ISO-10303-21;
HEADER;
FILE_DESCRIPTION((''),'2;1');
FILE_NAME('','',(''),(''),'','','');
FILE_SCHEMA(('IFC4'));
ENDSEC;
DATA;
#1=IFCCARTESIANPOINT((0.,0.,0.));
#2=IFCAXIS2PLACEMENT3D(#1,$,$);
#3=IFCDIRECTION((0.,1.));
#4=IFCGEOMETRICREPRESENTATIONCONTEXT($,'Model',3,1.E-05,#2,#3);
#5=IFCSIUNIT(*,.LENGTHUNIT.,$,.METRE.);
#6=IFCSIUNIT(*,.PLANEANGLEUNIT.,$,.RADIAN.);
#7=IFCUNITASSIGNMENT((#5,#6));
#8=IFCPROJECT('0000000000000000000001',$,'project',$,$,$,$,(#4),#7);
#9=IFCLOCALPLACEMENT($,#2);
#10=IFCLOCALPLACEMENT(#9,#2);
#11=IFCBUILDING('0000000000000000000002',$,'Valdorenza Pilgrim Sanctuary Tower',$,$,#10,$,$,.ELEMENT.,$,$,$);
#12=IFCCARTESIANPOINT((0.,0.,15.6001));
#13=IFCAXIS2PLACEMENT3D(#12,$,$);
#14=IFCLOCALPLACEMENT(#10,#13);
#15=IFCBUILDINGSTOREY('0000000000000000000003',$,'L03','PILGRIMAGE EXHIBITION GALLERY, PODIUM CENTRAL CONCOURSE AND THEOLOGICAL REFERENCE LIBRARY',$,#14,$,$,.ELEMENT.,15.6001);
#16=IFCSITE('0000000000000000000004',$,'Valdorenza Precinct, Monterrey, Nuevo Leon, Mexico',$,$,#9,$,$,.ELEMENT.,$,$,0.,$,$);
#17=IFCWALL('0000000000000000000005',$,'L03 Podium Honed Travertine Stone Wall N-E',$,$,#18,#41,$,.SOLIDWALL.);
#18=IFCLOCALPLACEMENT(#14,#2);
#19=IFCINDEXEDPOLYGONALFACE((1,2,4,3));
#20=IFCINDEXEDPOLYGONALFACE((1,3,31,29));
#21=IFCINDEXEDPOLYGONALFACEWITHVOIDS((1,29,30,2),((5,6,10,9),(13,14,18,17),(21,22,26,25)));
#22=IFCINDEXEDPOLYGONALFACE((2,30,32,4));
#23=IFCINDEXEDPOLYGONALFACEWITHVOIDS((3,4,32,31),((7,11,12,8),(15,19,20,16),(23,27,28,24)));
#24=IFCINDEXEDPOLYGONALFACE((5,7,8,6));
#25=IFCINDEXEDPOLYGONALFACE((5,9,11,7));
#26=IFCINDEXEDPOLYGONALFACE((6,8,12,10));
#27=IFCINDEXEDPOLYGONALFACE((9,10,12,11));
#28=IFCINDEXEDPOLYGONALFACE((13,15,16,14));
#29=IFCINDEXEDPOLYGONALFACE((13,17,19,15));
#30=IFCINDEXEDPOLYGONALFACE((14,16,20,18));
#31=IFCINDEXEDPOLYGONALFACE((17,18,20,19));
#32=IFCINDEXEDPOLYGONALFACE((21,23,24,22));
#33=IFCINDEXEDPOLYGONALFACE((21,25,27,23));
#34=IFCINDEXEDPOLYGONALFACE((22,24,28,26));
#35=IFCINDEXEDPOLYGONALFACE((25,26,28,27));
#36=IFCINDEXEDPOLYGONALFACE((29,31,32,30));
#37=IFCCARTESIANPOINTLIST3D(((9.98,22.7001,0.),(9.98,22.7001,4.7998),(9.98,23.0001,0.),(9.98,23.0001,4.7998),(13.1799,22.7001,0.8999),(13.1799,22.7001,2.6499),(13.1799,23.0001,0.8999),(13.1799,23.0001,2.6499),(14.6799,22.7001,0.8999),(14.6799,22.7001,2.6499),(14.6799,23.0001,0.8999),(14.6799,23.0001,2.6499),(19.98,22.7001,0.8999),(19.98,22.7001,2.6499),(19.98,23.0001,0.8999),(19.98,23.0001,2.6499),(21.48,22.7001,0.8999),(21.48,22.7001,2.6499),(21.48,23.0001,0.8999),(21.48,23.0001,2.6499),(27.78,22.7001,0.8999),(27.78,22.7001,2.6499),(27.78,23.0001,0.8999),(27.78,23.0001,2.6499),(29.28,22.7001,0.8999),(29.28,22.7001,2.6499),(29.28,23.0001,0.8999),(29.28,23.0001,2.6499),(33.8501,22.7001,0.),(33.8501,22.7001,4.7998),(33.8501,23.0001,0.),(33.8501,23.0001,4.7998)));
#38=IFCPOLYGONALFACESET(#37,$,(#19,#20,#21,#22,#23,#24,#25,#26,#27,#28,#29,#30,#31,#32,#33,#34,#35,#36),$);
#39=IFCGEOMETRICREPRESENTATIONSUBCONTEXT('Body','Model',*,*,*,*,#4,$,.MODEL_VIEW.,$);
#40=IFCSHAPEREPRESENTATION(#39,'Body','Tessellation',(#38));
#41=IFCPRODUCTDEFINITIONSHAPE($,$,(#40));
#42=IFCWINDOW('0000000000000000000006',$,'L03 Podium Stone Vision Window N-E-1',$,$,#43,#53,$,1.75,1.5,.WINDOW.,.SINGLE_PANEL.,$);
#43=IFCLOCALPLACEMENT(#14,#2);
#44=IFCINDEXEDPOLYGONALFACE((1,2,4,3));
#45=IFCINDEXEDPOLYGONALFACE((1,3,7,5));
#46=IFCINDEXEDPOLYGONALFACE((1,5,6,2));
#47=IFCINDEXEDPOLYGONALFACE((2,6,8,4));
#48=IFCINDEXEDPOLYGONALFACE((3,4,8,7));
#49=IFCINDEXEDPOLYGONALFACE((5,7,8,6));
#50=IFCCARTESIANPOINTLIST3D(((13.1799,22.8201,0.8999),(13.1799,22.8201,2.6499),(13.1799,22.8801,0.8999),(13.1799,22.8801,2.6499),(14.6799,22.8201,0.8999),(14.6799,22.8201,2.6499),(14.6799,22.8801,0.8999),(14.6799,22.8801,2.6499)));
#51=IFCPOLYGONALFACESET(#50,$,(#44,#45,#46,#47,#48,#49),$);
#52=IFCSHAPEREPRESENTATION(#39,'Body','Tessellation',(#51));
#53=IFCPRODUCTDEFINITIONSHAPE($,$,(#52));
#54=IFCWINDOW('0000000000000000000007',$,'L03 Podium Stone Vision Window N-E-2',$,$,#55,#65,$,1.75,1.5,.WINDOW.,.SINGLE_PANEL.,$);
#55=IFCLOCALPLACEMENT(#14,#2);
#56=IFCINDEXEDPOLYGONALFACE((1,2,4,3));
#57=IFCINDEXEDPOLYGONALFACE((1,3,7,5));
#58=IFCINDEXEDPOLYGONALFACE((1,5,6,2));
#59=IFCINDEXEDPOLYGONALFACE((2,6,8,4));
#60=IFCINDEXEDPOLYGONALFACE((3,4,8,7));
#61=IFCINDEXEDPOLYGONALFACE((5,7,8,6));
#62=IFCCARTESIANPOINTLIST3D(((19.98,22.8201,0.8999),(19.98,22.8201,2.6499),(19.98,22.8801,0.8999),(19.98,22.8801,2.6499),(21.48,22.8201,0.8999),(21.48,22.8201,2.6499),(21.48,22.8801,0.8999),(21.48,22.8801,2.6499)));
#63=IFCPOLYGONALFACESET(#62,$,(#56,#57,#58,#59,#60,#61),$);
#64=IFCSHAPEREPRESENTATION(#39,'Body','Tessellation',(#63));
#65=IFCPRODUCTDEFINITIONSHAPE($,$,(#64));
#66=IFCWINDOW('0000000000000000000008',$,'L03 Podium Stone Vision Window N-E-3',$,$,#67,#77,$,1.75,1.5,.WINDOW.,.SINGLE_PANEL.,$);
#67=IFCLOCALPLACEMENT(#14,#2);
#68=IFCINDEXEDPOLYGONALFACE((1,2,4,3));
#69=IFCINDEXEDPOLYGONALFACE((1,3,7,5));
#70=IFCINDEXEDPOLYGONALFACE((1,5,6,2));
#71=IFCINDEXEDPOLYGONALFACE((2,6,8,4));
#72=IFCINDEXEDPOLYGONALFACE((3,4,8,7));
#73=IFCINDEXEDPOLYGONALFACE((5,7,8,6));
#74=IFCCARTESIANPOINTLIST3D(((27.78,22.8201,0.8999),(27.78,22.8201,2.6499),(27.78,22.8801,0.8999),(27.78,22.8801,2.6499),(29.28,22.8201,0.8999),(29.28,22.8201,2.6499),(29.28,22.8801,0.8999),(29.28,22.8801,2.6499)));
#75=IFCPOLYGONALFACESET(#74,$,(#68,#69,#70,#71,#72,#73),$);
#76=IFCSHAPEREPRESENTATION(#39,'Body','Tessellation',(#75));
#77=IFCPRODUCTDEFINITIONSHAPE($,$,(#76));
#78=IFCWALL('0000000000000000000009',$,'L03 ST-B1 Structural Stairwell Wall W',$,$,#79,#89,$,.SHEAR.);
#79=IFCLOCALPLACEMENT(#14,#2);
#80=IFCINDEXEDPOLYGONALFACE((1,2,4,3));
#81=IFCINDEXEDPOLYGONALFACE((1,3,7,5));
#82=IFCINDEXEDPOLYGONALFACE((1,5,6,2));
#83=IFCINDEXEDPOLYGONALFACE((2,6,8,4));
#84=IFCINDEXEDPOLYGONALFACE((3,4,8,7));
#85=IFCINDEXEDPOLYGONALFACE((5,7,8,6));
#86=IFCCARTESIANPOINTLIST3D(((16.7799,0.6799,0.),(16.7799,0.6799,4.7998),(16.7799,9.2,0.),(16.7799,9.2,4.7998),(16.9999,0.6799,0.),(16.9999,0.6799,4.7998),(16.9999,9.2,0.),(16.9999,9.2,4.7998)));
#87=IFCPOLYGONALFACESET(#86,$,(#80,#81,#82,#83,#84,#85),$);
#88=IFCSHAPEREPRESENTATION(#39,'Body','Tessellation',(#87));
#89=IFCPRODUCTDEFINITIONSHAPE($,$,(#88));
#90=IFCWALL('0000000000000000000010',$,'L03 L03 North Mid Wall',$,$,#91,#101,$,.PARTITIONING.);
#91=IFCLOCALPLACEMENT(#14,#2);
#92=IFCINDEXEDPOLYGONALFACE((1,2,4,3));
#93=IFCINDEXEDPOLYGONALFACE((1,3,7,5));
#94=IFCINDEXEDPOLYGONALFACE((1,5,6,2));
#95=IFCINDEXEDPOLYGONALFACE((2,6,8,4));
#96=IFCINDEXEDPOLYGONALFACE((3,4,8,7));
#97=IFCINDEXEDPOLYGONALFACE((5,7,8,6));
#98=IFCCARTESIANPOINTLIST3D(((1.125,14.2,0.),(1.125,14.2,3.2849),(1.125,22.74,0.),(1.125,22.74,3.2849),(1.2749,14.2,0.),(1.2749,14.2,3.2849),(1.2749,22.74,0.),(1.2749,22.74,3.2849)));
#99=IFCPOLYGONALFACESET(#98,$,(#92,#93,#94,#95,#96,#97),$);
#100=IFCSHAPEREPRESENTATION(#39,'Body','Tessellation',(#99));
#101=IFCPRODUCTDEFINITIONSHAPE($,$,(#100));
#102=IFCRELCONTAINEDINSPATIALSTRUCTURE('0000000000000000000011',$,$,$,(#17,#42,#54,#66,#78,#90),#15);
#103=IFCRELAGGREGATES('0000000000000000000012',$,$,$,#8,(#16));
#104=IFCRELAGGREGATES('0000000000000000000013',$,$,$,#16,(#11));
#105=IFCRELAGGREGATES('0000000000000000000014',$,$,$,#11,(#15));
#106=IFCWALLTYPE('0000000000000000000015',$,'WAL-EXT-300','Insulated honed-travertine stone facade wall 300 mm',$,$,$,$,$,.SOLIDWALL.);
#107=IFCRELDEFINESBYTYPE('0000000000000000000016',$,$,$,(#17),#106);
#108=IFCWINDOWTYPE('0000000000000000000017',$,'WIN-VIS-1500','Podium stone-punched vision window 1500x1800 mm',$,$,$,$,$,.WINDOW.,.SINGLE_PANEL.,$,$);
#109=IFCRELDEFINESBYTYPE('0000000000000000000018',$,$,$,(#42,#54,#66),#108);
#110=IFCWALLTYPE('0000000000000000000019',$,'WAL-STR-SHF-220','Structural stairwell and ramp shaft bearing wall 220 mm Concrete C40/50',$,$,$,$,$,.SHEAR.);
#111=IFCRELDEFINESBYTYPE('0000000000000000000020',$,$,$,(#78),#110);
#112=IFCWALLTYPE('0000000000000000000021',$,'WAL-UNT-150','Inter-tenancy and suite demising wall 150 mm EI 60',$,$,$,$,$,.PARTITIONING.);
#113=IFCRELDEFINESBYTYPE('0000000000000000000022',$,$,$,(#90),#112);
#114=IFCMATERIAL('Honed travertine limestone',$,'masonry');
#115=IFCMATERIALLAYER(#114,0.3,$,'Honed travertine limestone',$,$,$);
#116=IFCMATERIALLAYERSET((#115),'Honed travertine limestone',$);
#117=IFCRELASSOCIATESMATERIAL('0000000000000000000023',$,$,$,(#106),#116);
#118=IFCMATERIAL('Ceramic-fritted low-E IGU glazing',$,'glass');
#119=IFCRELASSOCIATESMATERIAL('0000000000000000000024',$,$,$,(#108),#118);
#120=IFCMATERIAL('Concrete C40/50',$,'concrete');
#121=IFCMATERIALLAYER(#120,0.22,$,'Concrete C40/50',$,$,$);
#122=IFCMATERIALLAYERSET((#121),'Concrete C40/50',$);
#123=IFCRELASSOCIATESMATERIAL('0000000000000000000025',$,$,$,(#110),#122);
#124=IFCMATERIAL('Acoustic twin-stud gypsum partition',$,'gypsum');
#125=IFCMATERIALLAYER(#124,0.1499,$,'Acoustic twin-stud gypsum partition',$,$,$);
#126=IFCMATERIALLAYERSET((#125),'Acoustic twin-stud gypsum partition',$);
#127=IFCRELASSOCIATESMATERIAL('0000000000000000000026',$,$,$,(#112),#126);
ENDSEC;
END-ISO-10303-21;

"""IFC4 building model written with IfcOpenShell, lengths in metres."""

from ifc_helpers import new_model, si_unit, direction, frame, frame_2d, origin, place, context, subcontext, project, spatial, rectangle, extrude, material, layer, layer_set, type_object, element, fill, save


model = new_model("IFC4")

# Units and contexts
model_context = context("Model", 3, precision=1e-05, world=origin(), true_north=direction((0.0, 1.0)))
body_context = subcontext(model_context, "Body", "Model", "MODEL_VIEW")
ifc_project = project(units=[si_unit("LENGTHUNIT", "METRE"), si_unit("PLANEANGLEUNIT", "RADIAN")], contexts=[model_context])

# Site, building, storey
site_placement = place(None, origin())
site = spatial("IfcSite", under=ifc_project, at=site_placement, Name="Valdorenza Precinct, Monterrey, Nuevo Leon, Mexico", CompositionType="ELEMENT", RefElevation=0.0)
building_placement = place(site_placement, origin())
building = spatial("IfcBuilding", under=site, at=building_placement, Name="Valdorenza Pilgrim Sanctuary Tower", CompositionType="ELEMENT")
storey_placement = place(building_placement, frame((0.0, 0.0, 15.6001)))
storey = spatial("IfcBuildingStorey", under=building, at=storey_placement, Name="L03", Description="PILGRIMAGE EXHIBITION GALLERY, PODIUM CENTRAL CONCOURSE AND THEOLOGICAL REFERENCE LIBRARY", CompositionType="ELEMENT", Elevation=15.6001)

# Shared definitions
ifc_material_1 = material(Name="Honed travertine limestone", Category="masonry")
ifc_material_2 = material(Name="Ceramic-fritted low-E IGU glazing", Category="glass")

# Shared definitions
ifc_material_3 = material(Name="Acoustic twin-stud gypsum partition", Category="gypsum")

# Wall, openings, windows
ifc_layer_1 = layer(ifc_material_1, 0.3, Name="Honed travertine limestone")
ifc_layer_set_1 = layer_set([ifc_layer_1], Name="Honed travertine limestone")
wall_type_1 = type_object("IfcWallType", Name="WAL-EXT-300", Description="Insulated honed-travertine stone facade wall 300 mm", PredefinedType="SOLIDWALL", material=ifc_layer_set_1)
wall_1_placement = place(storey_placement, frame((9.98, 22.8501, 0.0), z_axis=(0.0, 0.0, 1.0), x_axis=(1.0, 0.0, 0.0)))
wall_1 = element("IfcWall", 1, at=wall_1_placement, inside=storey, type_object=wall_type_1, Name="L03 Podium Honed Travertine Stone Wall N-E", PredefinedType="SOLIDWALL", context=body_context, shape_type="SweptSolid", body=[
    extrude(rectangle(XDim=23.8701, YDim=0.3, at=frame_2d((11.9351, 0.0))), origin(), (0.0, 0.0, 1.0), 4.7998),
])
opening_1_placement = place(wall_1_placement, frame((3.2, 0.0, 0.8999)))
opening_1 = element("IfcOpeningElement", 2, at=opening_1_placement, cuts=wall_1, PredefinedType="OPENING", context=body_context, shape_type="SweptSolid", body=[
    extrude(rectangle(XDim=1.5, YDim=1.75, at=frame_2d((0.75, 0.875))), frame((0.0, 0.165, 0.0), z_axis=(0.0, -1.0, 0.0), x_axis=(1.0, 0.0, 0.0)), (0.0, 0.0, 1.0), 0.3298),
])
opening_2_placement = place(wall_1_placement, frame((10.0, 0.0, 0.8999)))
opening_2 = element("IfcOpeningElement", 3, at=opening_2_placement, cuts=wall_1, PredefinedType="OPENING", context=body_context, shape_type="SweptSolid", body=[
    extrude(rectangle(XDim=1.5, YDim=1.75, at=frame_2d((0.75, 0.875))), frame((0.0, 0.165, 0.0), z_axis=(0.0, -1.0, 0.0), x_axis=(1.0, 0.0, 0.0)), (0.0, 0.0, 1.0), 0.3298),
])
opening_3_placement = place(wall_1_placement, frame((17.8, 0.0, 0.8999)))
opening_3 = element("IfcOpeningElement", 4, at=opening_3_placement, cuts=wall_1, PredefinedType="OPENING", context=body_context, shape_type="SweptSolid", body=[
    extrude(rectangle(XDim=1.5, YDim=1.75, at=frame_2d((0.75, 0.875))), frame((0.0, 0.165, 0.0), z_axis=(0.0, -1.0, 0.0), x_axis=(1.0, 0.0, 0.0)), (0.0, 0.0, 1.0), 0.3298),
])
window_type = type_object("IfcWindowType", Name="WIN-VIS-1500", Description="Podium stone-punched vision window 1500x1800 mm", PartitioningType="SINGLE_PANEL", PredefinedType="WINDOW", material=ifc_material_2)
window_1_placement = place(opening_1_placement, origin())
window_1 = element("IfcWindow", 5, at=window_1_placement, inside=storey, type_object=window_type, Name="L03 Podium Stone Vision Window N-E-1", OverallHeight=1.75, OverallWidth=1.5, PartitioningType="SINGLE_PANEL", PredefinedType="WINDOW", context=body_context, shape_type="SweptSolid", body=[
    extrude(rectangle(XDim=1.5, YDim=1.75, at=frame_2d((0.75, 0.875))), frame((0.0, 0.03, 0.0), z_axis=(0.0, -1.0, 0.0), x_axis=(1.0, 0.0, 0.0)), (0.0, 0.0, 1.0), 0.0601),
])
fill(opening_1, window_1)
window_2_placement = place(opening_2_placement, origin())
window_2 = element("IfcWindow", 6, at=window_2_placement, inside=storey, type_object=window_type, Name="L03 Podium Stone Vision Window N-E-2", OverallHeight=1.75, OverallWidth=1.5, PartitioningType="SINGLE_PANEL", PredefinedType="WINDOW", context=body_context, shape_type="SweptSolid", body=[
    extrude(rectangle(XDim=1.5, YDim=1.75, at=frame_2d((0.75, 0.875))), frame((0.0, 0.03, 0.0), z_axis=(0.0, -1.0, 0.0), x_axis=(1.0, 0.0, 0.0)), (0.0, 0.0, 1.0), 0.0601),
])
fill(opening_2, window_2)
window_3_placement = place(opening_3_placement, origin())
window_3 = element("IfcWindow", 7, at=window_3_placement, inside=storey, type_object=window_type, Name="L03 Podium Stone Vision Window N-E-3", OverallHeight=1.75, OverallWidth=1.5, PartitioningType="SINGLE_PANEL", PredefinedType="WINDOW", context=body_context, shape_type="SweptSolid", body=[
    extrude(rectangle(XDim=1.5, YDim=1.75, at=frame_2d((0.75, 0.875))), frame((0.0, 0.03, 0.0), z_axis=(0.0, -1.0, 0.0), x_axis=(1.0, 0.0, 0.0)), (0.0, 0.0, 1.0), 0.0601),
])
fill(opening_3, window_3)

# Walls
ifc_material_4 = material(Name="Concrete C40/50", Category="concrete")
ifc_layer_2 = layer(ifc_material_4, 0.22, Name="Concrete C40/50")
ifc_layer_set_2 = layer_set([ifc_layer_2], Name="Concrete C40/50")
wall_type_2 = type_object("IfcWallType", Name="WAL-STR-SHF-220", Description="Structural stairwell and ramp shaft bearing wall 220 mm Concrete C40/50", PredefinedType="SHEAR", material=ifc_layer_set_2)
wall_2_placement = place(storey_placement, frame((16.8899, 0.6799, 0.0), z_axis=(0.0, 0.0, 1.0), x_axis=(0.0, 1.0, 0.0)))
element("IfcWall", 8, at=wall_2_placement, inside=storey, type_object=wall_type_2, Name="L03 ST-B1 Structural Stairwell Wall W", PredefinedType="SHEAR", context=body_context, shape_type="SweptSolid", body=[
    extrude(rectangle(XDim=8.52, YDim=0.22, at=frame_2d((4.26, 0.0))), origin(), (0.0, 0.0, 1.0), 4.7998),
])
ifc_layer_3 = layer(ifc_material_3, 0.1499, Name="Acoustic twin-stud gypsum partition")
ifc_layer_set_3 = layer_set([ifc_layer_3], Name="Acoustic twin-stud gypsum partition")
wall_type_3 = type_object("IfcWallType", Name="WAL-UNT-150", Description="Inter-tenancy and suite demising wall 150 mm EI 60", PredefinedType="PARTITIONING", material=ifc_layer_set_3)
wall_3_placement = place(storey_placement, frame((1.2, 14.2, 0.0), z_axis=(0.0, 0.0, 1.0), x_axis=(0.0, 1.0, 0.0)))
element("IfcWall", 9, at=wall_3_placement, inside=storey, type_object=wall_type_3, Name="L03 L03 North Mid Wall", PredefinedType="PARTITIONING", context=body_context, shape_type="SweptSolid", body=[
    extrude(rectangle(XDim=8.54, YDim=0.1499, at=frame_2d((4.27, 0.0))), origin(), (0.0, 0.0, 1.0), 3.2849),
])

save(model, "model.ifc")
